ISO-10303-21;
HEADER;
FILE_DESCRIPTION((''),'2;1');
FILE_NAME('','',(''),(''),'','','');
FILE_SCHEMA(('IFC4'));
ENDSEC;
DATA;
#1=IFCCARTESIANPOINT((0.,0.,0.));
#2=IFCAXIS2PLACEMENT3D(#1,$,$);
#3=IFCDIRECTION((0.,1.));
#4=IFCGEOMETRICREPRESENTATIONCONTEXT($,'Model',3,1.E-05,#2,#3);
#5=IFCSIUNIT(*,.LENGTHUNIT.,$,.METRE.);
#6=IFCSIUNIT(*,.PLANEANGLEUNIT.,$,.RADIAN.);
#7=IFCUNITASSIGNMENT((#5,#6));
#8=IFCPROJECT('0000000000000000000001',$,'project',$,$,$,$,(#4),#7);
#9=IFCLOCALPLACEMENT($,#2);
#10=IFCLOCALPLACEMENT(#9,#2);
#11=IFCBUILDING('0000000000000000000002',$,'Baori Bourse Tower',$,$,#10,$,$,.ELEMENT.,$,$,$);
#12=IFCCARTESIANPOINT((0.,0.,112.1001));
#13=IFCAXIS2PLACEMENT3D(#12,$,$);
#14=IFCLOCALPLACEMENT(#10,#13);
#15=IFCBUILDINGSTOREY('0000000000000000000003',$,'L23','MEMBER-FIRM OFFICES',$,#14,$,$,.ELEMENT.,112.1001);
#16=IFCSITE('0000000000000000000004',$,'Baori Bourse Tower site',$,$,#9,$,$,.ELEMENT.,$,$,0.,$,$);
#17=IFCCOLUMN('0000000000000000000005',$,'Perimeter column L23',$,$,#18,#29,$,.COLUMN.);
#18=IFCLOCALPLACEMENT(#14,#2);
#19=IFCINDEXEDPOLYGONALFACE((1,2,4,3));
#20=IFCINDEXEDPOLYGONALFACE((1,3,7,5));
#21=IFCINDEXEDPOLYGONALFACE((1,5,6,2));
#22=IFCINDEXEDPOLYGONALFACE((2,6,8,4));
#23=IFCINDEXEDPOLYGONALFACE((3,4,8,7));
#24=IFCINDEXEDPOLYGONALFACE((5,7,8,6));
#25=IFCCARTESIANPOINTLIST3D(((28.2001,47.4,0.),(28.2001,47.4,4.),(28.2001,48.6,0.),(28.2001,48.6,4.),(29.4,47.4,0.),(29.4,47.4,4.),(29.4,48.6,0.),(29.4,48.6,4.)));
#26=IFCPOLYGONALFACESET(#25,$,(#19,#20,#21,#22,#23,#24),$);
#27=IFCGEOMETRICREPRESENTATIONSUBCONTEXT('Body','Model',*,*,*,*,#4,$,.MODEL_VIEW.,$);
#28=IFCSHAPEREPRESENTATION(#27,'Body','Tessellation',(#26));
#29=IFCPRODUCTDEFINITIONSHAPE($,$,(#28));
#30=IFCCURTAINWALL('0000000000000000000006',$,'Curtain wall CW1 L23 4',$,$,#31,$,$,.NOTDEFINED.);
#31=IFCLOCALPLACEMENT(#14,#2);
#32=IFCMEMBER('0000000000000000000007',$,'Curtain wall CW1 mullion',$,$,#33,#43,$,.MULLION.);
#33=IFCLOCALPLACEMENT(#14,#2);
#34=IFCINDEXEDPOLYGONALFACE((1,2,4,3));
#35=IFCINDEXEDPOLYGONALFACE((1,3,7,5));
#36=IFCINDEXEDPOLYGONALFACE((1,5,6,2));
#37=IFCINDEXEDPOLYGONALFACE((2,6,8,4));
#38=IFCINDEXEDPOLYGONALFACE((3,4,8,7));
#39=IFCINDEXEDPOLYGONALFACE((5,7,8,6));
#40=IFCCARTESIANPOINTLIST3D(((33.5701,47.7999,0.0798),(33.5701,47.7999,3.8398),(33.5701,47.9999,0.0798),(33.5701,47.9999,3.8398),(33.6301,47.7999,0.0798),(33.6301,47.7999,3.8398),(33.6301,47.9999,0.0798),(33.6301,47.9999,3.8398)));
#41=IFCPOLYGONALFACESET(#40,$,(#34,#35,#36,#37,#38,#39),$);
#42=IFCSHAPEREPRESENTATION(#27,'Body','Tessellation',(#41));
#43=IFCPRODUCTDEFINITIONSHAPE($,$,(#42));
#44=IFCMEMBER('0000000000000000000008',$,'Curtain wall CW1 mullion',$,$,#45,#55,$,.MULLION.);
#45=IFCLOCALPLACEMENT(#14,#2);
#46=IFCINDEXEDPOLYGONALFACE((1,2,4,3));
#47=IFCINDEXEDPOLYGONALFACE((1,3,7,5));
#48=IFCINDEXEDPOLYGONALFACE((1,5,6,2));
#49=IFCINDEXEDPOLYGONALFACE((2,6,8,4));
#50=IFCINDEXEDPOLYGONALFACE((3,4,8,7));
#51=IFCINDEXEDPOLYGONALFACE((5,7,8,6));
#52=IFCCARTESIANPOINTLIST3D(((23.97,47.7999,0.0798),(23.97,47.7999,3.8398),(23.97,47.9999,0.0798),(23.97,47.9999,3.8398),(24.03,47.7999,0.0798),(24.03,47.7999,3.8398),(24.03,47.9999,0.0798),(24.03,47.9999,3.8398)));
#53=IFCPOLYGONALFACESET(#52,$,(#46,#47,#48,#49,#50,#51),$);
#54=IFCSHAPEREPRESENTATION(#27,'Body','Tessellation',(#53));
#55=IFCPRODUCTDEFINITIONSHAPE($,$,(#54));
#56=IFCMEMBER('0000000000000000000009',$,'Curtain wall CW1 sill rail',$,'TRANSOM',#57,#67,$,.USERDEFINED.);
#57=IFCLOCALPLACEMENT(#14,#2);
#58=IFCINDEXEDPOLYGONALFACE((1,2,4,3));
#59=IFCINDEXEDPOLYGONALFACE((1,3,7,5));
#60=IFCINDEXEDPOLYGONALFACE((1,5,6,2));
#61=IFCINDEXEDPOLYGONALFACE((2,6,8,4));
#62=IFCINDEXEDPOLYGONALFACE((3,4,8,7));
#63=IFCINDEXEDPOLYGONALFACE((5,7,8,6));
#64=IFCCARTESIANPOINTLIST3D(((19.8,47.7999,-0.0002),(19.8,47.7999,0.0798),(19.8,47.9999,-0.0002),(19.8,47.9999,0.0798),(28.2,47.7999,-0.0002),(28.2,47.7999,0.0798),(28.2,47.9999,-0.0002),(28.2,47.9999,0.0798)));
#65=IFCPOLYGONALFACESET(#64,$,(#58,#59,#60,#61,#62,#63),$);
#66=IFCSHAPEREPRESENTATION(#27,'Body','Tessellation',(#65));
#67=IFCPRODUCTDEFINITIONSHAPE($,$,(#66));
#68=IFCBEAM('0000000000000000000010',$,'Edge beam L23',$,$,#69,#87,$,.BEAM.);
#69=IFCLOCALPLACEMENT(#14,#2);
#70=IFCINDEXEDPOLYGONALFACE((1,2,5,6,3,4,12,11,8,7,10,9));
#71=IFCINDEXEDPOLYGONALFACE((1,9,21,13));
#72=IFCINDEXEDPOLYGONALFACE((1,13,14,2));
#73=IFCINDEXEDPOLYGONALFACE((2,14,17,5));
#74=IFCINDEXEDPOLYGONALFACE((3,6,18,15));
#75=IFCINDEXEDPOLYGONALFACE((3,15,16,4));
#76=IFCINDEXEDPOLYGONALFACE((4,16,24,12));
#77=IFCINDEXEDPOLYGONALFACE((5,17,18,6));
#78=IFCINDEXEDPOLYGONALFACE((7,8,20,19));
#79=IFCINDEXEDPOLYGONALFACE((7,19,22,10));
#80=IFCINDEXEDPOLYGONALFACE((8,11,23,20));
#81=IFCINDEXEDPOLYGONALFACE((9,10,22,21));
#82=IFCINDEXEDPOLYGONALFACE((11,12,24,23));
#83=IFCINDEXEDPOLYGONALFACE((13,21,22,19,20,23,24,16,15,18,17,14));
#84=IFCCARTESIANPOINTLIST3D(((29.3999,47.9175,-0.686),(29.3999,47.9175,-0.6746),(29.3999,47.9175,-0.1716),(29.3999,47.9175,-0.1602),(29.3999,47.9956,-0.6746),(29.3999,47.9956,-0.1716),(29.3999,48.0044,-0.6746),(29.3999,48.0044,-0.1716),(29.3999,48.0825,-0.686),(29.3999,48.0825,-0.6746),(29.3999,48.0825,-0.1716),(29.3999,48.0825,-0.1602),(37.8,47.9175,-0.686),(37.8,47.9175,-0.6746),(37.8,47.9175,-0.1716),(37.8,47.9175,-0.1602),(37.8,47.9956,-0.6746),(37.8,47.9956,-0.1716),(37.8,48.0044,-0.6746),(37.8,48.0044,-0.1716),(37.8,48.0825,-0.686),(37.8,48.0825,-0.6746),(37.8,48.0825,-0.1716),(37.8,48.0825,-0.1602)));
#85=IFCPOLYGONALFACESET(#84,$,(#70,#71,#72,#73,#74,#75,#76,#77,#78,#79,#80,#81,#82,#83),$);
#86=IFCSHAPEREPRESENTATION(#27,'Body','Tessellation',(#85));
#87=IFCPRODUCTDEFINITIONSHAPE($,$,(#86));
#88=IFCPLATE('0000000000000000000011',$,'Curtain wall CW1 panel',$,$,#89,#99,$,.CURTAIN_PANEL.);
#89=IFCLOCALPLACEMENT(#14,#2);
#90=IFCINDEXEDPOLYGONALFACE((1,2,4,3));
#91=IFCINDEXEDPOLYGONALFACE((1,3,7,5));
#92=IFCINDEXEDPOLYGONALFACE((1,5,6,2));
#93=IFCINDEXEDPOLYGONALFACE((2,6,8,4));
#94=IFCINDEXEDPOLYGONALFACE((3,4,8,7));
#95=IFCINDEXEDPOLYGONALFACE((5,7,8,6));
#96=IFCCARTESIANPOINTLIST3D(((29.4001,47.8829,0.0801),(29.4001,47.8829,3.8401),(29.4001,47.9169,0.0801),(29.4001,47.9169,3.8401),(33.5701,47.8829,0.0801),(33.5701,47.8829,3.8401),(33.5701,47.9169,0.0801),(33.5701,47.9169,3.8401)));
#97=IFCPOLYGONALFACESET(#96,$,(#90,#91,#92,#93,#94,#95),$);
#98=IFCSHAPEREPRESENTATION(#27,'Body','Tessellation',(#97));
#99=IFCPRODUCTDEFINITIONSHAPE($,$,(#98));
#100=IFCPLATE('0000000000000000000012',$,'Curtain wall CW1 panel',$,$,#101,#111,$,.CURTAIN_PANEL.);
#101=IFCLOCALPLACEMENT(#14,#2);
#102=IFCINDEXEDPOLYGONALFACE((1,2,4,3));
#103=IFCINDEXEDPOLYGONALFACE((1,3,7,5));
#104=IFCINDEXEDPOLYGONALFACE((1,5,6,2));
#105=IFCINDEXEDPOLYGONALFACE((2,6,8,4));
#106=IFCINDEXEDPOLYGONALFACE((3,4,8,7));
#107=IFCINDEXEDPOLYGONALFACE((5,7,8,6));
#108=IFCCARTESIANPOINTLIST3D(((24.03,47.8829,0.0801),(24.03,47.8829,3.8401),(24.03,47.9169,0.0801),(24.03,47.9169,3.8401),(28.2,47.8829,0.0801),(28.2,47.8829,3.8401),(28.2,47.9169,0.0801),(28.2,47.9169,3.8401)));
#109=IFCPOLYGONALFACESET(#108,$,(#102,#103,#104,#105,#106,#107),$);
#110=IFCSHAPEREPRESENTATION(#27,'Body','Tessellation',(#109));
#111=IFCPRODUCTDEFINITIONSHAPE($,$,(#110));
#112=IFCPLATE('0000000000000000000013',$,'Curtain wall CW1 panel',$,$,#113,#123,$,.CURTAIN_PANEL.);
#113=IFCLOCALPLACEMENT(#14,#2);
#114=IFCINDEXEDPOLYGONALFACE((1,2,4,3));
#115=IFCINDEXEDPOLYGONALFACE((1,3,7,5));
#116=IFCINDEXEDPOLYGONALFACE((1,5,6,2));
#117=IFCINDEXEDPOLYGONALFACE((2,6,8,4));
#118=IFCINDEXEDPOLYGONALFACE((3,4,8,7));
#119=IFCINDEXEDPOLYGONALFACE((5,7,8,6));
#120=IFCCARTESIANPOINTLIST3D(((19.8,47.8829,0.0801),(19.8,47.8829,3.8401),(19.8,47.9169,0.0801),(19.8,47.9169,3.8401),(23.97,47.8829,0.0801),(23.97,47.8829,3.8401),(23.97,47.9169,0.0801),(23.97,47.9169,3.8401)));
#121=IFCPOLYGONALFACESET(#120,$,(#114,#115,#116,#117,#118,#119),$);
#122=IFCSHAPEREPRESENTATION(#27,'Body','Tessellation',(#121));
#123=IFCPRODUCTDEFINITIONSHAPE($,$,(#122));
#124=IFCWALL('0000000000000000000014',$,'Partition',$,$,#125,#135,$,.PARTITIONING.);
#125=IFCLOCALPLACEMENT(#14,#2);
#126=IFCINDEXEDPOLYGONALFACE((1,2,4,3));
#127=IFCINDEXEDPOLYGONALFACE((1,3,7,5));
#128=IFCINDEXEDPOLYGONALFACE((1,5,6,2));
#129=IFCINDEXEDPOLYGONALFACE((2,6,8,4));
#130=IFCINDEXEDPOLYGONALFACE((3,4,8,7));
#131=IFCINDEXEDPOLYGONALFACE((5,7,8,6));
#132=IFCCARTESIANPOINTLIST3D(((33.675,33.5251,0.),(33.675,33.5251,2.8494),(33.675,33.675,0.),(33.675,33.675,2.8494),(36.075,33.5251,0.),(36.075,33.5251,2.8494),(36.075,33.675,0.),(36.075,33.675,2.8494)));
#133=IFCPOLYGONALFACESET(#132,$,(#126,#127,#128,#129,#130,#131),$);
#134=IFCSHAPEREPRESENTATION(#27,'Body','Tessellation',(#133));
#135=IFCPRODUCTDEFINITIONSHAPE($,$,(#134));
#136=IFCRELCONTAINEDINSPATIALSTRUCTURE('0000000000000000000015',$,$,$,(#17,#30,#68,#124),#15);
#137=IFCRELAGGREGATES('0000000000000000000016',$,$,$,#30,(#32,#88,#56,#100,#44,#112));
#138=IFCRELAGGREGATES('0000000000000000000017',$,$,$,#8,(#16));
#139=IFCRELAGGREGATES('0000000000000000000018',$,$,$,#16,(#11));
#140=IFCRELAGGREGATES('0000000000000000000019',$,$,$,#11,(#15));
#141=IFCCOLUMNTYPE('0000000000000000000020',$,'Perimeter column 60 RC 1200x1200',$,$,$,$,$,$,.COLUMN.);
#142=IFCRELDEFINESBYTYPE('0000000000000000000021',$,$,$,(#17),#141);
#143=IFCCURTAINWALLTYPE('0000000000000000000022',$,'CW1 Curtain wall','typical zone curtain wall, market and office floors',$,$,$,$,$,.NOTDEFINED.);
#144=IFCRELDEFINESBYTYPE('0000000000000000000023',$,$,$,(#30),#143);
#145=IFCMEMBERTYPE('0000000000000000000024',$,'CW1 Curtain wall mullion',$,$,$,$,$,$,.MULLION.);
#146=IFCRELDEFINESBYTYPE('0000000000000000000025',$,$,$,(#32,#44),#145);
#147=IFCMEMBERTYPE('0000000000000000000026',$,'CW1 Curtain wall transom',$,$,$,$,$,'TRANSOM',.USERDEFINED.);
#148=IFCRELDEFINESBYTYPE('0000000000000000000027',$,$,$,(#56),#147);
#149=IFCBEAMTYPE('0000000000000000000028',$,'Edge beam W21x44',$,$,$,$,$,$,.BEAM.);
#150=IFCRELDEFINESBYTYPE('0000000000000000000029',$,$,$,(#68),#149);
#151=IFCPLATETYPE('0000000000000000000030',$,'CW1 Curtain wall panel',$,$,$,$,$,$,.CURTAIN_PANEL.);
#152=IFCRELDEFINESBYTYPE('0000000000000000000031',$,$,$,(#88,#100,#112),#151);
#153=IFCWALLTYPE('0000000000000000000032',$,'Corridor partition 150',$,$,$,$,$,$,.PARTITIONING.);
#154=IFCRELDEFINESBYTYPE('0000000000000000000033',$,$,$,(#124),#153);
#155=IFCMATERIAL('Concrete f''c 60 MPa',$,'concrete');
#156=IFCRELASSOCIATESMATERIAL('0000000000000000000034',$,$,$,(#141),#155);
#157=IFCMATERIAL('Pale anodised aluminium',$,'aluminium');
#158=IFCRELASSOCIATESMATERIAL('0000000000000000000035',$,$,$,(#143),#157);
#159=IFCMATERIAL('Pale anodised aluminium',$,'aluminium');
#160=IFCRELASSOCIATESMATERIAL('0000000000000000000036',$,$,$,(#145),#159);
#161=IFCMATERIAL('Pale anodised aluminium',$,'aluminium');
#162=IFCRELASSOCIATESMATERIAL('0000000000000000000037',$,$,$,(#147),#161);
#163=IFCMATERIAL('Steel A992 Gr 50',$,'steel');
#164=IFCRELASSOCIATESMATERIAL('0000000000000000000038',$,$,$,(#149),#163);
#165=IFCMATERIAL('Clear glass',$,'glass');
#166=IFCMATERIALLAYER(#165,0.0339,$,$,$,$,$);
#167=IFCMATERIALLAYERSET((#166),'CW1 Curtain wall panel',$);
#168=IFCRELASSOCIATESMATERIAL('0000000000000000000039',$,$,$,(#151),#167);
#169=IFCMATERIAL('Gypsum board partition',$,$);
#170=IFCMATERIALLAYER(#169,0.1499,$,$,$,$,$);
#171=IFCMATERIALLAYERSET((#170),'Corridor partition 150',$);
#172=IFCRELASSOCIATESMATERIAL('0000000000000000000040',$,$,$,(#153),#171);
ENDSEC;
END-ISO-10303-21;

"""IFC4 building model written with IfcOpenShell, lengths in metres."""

from ifc_helpers import new_model, si_unit, direction, frame, frame_2d, origin, origin_2d, place, context, subcontext, project, spatial, rectangle, i_section, extrude, material, layer, layer_set, material_profile, profile_set, type_object, element, aggregate, save


model = new_model("IFC4")

# Units and contexts
model_context = context("Model", 3, precision=1e-05, world=origin(), true_north=direction((0.0, 1.0)))
body_context = subcontext(model_context, "Body", "Model", "MODEL_VIEW")
ifc_project = project(units=[si_unit("LENGTHUNIT", "METRE"), si_unit("PLANEANGLEUNIT", "RADIAN")], contexts=[model_context])

# Site, building, storey
site_placement = place(None, origin())
site = spatial("IfcSite", under=ifc_project, at=site_placement, Name="Baori Bourse Tower site", CompositionType="ELEMENT", RefElevation=0.0)
building_placement = place(site_placement, origin())
building = spatial("IfcBuilding", under=site, at=building_placement, Name="Baori Bourse Tower", CompositionType="ELEMENT")
storey_placement = place(building_placement, frame((0.0, 0.0, 112.1001)))
storey = spatial("IfcBuildingStorey", under=building, at=storey_placement, Name="L23", Description="MEMBER-FIRM OFFICES", CompositionType="ELEMENT", Elevation=112.1001)

# Column
ifc_material_1 = material(Name="Concrete f'c 60 MPa", Category="concrete")
ifc_material_profile_1 = material_profile(ifc_material_1, rectangle(XDim=1.2, YDim=1.2, at=origin_2d()), Name="RC 1200x1200")
ifc_profile_set_1 = profile_set([ifc_material_profile_1], Name="Concrete f'c 60 MPa")
column_type = type_object("IfcColumnType", Name="Perimeter column 60 RC 1200x1200", PredefinedType="COLUMN", material=ifc_profile_set_1)
column_placement = place(storey_placement, frame((28.8, 48.0, 0.0), z_axis=(0.0, 0.0, 1.0), x_axis=(1.0, 0.0, 0.0)))
element("IfcColumn", 1, at=column_placement, inside=storey, type_object=column_type, Name="Perimeter column L23", PredefinedType="COLUMN", context=body_context, shape_type="SweptSolid", body=[
    extrude(rectangle(XDim=1.2, YDim=1.2, at=origin_2d()), origin(), (0.0, 0.0, 1.0), 4.0),
])

# Curtain wall, members
ifc_material_2 = material(Name="Pale anodised aluminium", Category="aluminium")
curtain_wall_type = type_object("IfcCurtainWallType", Name="CW1 Curtain wall", Description="typical zone curtain wall, market and office floors", PredefinedType="NOTDEFINED", material=ifc_material_2)
curtain_wall_placement = place(storey_placement, origin())
curtain_wall = element("IfcCurtainWall", 2, at=curtain_wall_placement, inside=storey, type_object=curtain_wall_type, Name="Curtain wall CW1 L23 4", PredefinedType="NOTDEFINED")
ifc_material_3 = material(Name="Pale anodised aluminium", Category="aluminium")
ifc_material_profile_2 = material_profile(ifc_material_3, rectangle(XDim=0.2, YDim=0.0601, at=origin_2d()), Name="Mullion 60x200")
ifc_profile_set_2 = profile_set([ifc_material_profile_2], Name="Pale anodised aluminium")
member_type_1 = type_object("IfcMemberType", Name="CW1 Curtain wall mullion", PredefinedType="MULLION", material=ifc_profile_set_2)
member_1_placement = place(storey_placement, frame((33.6001, 47.8999, 0.0798), z_axis=(0.0, 0.0, 1.0), x_axis=(0.0, -1.0, 0.0)))
member_1 = element("IfcMember", 3, at=member_1_placement, type_object=member_type_1, Name="Curtain wall CW1 mullion", PredefinedType="MULLION", context=body_context, shape_type="SweptSolid", body=[
    extrude(rectangle(XDim=0.2, YDim=0.0601, at=origin_2d()), origin(), (0.0, 0.0, 1.0), 3.76),
])
member_2_placement = place(storey_placement, frame((24.0, 47.8999, 0.0798), z_axis=(0.0, 0.0, 1.0), x_axis=(0.0, -1.0, 0.0)))
member_2 = element("IfcMember", 4, at=member_2_placement, type_object=member_type_1, Name="Curtain wall CW1 mullion", PredefinedType="MULLION", context=body_context, shape_type="SweptSolid", body=[
    extrude(rectangle(XDim=0.2, YDim=0.0601, at=origin_2d()), origin(), (0.0, 0.0, 1.0), 3.76),
])
ifc_material_4 = material(Name="Pale anodised aluminium", Category="aluminium")
ifc_material_profile_3 = material_profile(ifc_material_4, rectangle(XDim=0.2, YDim=0.0801, at=origin_2d()), Name="Transom 80x200")
ifc_profile_set_3 = profile_set([ifc_material_profile_3], Name="Pale anodised aluminium")
member_type_2 = type_object("IfcMemberType", Name="CW1 Curtain wall transom", ElementType="TRANSOM", PredefinedType="USERDEFINED", material=ifc_profile_set_3)
member_3_placement = place(storey_placement, frame((28.2, 47.8999, 0.0398), z_axis=(-1.0, 0.0, 0.0), x_axis=(0.0, -1.0, 0.0)))
member_3 = element("IfcMember", 5, at=member_3_placement, type_object=member_type_2, Name="Curtain wall CW1 sill rail", ObjectType="TRANSOM", PredefinedType="USERDEFINED", context=body_context, shape_type="SweptSolid", body=[
    extrude(rectangle(XDim=0.2, YDim=0.0801, at=origin_2d()), origin(), (0.0, 0.0, 1.0), 8.3999),
])

# Beam
ifc_material_5 = material(Name="Steel A992 Gr 50", Category="steel")
ifc_material_profile_4 = material_profile(ifc_material_5, i_section(OverallWidth=0.165, OverallDepth=0.5259, WebThickness=0.0088, FlangeThickness=0.0115, at=origin_2d()), Name="W21x44")
ifc_profile_set_4 = profile_set([ifc_material_profile_4], Name="Steel A992 Gr 50")
beam_type = type_object("IfcBeamType", Name="Edge beam W21x44", PredefinedType="BEAM", material=ifc_profile_set_4)
beam_placement = place(storey_placement, frame((29.3999, 48.0, -0.4231), z_axis=(1.0, 0.0, 0.0), x_axis=(0.0, 1.0, 0.0)))
element("IfcBeam", 6, at=beam_placement, inside=storey, type_object=beam_type, Name="Edge beam L23", PredefinedType="BEAM", context=body_context, shape_type="SweptSolid", body=[
    extrude(i_section(OverallWidth=0.165, OverallDepth=0.5259, WebThickness=0.0088, FlangeThickness=0.0115, at=origin_2d()), origin(), (0.0, 0.0, 1.0), 8.4001),
])

# Plates
ifc_material_6 = material(Name="Clear glass", Category="glass")
ifc_layer_1 = layer(ifc_material_6, 0.0339)
ifc_layer_set_1 = layer_set([ifc_layer_1], Name="CW1 Curtain wall panel")
plate_type = type_object("IfcPlateType", Name="CW1 Curtain wall panel", PredefinedType="CURTAIN_PANEL", material=ifc_layer_set_1)
plate_1_placement = place(storey_placement, frame((31.4851, 47.8999, 0.0801), z_axis=(0.0, 0.0, 1.0), x_axis=(-1.0, 0.0, 0.0)))
plate_1 = element("IfcPlate", 7, at=plate_1_placement, type_object=plate_type, Name="Curtain wall CW1 panel", PredefinedType="CURTAIN_PANEL", context=body_context, shape_type="SweptSolid", body=[
    extrude(rectangle(XDim=4.1699, YDim=0.0339, at=origin_2d()), origin(), (0.0, 0.0, 1.0), 3.76),
])
plate_2_placement = place(storey_placement, frame((26.115, 47.8999, 0.0801), z_axis=(0.0, 0.0, 1.0), x_axis=(-1.0, 0.0, 0.0)))
plate_2 = element("IfcPlate", 8, at=plate_2_placement, type_object=plate_type, Name="Curtain wall CW1 panel", PredefinedType="CURTAIN_PANEL", context=body_context, shape_type="SweptSolid", body=[
    extrude(rectangle(XDim=4.1699, YDim=0.0339, at=origin_2d()), origin(), (0.0, 0.0, 1.0), 3.76),
])
plate_3_placement = place(storey_placement, frame((21.885, 47.8999, 0.0801), z_axis=(0.0, 0.0, 1.0), x_axis=(-1.0, 0.0, 0.0)))
plate_3 = element("IfcPlate", 9, at=plate_3_placement, type_object=plate_type, Name="Curtain wall CW1 panel", PredefinedType="CURTAIN_PANEL", context=body_context, shape_type="SweptSolid", body=[
    extrude(rectangle(XDim=4.1699, YDim=0.0339, at=origin_2d()), origin(), (0.0, 0.0, 1.0), 3.76),
])
aggregate(curtain_wall, [member_1, plate_1, member_3, plate_2, member_2, plate_3])

# Wall
ifc_material_7 = material(Name="Gypsum board partition")
ifc_layer_2 = layer(ifc_material_7, 0.1499)
ifc_layer_set_2 = layer_set([ifc_layer_2], Name="Corridor partition 150")
wall_type_1 = type_object("IfcWallType", Name="Corridor partition 150", PredefinedType="PARTITIONING", material=ifc_layer_set_2)
wall_1_placement = place(storey_placement, frame((33.675, 33.6001, 0.0), z_axis=(0.0, 0.0, 1.0), x_axis=(1.0, 0.0, 0.0)))
element("IfcWall", 10, at=wall_1_placement, inside=storey, type_object=wall_type_1, Name="Partition", PredefinedType="PARTITIONING", context=body_context, shape_type="SweptSolid", body=[
    extrude(rectangle(XDim=2.3999, YDim=0.1499, at=frame_2d((1.2, 0.0))), origin(), (0.0, 0.0, 1.0), 2.8494),
])

save(model, "model.ifc")
